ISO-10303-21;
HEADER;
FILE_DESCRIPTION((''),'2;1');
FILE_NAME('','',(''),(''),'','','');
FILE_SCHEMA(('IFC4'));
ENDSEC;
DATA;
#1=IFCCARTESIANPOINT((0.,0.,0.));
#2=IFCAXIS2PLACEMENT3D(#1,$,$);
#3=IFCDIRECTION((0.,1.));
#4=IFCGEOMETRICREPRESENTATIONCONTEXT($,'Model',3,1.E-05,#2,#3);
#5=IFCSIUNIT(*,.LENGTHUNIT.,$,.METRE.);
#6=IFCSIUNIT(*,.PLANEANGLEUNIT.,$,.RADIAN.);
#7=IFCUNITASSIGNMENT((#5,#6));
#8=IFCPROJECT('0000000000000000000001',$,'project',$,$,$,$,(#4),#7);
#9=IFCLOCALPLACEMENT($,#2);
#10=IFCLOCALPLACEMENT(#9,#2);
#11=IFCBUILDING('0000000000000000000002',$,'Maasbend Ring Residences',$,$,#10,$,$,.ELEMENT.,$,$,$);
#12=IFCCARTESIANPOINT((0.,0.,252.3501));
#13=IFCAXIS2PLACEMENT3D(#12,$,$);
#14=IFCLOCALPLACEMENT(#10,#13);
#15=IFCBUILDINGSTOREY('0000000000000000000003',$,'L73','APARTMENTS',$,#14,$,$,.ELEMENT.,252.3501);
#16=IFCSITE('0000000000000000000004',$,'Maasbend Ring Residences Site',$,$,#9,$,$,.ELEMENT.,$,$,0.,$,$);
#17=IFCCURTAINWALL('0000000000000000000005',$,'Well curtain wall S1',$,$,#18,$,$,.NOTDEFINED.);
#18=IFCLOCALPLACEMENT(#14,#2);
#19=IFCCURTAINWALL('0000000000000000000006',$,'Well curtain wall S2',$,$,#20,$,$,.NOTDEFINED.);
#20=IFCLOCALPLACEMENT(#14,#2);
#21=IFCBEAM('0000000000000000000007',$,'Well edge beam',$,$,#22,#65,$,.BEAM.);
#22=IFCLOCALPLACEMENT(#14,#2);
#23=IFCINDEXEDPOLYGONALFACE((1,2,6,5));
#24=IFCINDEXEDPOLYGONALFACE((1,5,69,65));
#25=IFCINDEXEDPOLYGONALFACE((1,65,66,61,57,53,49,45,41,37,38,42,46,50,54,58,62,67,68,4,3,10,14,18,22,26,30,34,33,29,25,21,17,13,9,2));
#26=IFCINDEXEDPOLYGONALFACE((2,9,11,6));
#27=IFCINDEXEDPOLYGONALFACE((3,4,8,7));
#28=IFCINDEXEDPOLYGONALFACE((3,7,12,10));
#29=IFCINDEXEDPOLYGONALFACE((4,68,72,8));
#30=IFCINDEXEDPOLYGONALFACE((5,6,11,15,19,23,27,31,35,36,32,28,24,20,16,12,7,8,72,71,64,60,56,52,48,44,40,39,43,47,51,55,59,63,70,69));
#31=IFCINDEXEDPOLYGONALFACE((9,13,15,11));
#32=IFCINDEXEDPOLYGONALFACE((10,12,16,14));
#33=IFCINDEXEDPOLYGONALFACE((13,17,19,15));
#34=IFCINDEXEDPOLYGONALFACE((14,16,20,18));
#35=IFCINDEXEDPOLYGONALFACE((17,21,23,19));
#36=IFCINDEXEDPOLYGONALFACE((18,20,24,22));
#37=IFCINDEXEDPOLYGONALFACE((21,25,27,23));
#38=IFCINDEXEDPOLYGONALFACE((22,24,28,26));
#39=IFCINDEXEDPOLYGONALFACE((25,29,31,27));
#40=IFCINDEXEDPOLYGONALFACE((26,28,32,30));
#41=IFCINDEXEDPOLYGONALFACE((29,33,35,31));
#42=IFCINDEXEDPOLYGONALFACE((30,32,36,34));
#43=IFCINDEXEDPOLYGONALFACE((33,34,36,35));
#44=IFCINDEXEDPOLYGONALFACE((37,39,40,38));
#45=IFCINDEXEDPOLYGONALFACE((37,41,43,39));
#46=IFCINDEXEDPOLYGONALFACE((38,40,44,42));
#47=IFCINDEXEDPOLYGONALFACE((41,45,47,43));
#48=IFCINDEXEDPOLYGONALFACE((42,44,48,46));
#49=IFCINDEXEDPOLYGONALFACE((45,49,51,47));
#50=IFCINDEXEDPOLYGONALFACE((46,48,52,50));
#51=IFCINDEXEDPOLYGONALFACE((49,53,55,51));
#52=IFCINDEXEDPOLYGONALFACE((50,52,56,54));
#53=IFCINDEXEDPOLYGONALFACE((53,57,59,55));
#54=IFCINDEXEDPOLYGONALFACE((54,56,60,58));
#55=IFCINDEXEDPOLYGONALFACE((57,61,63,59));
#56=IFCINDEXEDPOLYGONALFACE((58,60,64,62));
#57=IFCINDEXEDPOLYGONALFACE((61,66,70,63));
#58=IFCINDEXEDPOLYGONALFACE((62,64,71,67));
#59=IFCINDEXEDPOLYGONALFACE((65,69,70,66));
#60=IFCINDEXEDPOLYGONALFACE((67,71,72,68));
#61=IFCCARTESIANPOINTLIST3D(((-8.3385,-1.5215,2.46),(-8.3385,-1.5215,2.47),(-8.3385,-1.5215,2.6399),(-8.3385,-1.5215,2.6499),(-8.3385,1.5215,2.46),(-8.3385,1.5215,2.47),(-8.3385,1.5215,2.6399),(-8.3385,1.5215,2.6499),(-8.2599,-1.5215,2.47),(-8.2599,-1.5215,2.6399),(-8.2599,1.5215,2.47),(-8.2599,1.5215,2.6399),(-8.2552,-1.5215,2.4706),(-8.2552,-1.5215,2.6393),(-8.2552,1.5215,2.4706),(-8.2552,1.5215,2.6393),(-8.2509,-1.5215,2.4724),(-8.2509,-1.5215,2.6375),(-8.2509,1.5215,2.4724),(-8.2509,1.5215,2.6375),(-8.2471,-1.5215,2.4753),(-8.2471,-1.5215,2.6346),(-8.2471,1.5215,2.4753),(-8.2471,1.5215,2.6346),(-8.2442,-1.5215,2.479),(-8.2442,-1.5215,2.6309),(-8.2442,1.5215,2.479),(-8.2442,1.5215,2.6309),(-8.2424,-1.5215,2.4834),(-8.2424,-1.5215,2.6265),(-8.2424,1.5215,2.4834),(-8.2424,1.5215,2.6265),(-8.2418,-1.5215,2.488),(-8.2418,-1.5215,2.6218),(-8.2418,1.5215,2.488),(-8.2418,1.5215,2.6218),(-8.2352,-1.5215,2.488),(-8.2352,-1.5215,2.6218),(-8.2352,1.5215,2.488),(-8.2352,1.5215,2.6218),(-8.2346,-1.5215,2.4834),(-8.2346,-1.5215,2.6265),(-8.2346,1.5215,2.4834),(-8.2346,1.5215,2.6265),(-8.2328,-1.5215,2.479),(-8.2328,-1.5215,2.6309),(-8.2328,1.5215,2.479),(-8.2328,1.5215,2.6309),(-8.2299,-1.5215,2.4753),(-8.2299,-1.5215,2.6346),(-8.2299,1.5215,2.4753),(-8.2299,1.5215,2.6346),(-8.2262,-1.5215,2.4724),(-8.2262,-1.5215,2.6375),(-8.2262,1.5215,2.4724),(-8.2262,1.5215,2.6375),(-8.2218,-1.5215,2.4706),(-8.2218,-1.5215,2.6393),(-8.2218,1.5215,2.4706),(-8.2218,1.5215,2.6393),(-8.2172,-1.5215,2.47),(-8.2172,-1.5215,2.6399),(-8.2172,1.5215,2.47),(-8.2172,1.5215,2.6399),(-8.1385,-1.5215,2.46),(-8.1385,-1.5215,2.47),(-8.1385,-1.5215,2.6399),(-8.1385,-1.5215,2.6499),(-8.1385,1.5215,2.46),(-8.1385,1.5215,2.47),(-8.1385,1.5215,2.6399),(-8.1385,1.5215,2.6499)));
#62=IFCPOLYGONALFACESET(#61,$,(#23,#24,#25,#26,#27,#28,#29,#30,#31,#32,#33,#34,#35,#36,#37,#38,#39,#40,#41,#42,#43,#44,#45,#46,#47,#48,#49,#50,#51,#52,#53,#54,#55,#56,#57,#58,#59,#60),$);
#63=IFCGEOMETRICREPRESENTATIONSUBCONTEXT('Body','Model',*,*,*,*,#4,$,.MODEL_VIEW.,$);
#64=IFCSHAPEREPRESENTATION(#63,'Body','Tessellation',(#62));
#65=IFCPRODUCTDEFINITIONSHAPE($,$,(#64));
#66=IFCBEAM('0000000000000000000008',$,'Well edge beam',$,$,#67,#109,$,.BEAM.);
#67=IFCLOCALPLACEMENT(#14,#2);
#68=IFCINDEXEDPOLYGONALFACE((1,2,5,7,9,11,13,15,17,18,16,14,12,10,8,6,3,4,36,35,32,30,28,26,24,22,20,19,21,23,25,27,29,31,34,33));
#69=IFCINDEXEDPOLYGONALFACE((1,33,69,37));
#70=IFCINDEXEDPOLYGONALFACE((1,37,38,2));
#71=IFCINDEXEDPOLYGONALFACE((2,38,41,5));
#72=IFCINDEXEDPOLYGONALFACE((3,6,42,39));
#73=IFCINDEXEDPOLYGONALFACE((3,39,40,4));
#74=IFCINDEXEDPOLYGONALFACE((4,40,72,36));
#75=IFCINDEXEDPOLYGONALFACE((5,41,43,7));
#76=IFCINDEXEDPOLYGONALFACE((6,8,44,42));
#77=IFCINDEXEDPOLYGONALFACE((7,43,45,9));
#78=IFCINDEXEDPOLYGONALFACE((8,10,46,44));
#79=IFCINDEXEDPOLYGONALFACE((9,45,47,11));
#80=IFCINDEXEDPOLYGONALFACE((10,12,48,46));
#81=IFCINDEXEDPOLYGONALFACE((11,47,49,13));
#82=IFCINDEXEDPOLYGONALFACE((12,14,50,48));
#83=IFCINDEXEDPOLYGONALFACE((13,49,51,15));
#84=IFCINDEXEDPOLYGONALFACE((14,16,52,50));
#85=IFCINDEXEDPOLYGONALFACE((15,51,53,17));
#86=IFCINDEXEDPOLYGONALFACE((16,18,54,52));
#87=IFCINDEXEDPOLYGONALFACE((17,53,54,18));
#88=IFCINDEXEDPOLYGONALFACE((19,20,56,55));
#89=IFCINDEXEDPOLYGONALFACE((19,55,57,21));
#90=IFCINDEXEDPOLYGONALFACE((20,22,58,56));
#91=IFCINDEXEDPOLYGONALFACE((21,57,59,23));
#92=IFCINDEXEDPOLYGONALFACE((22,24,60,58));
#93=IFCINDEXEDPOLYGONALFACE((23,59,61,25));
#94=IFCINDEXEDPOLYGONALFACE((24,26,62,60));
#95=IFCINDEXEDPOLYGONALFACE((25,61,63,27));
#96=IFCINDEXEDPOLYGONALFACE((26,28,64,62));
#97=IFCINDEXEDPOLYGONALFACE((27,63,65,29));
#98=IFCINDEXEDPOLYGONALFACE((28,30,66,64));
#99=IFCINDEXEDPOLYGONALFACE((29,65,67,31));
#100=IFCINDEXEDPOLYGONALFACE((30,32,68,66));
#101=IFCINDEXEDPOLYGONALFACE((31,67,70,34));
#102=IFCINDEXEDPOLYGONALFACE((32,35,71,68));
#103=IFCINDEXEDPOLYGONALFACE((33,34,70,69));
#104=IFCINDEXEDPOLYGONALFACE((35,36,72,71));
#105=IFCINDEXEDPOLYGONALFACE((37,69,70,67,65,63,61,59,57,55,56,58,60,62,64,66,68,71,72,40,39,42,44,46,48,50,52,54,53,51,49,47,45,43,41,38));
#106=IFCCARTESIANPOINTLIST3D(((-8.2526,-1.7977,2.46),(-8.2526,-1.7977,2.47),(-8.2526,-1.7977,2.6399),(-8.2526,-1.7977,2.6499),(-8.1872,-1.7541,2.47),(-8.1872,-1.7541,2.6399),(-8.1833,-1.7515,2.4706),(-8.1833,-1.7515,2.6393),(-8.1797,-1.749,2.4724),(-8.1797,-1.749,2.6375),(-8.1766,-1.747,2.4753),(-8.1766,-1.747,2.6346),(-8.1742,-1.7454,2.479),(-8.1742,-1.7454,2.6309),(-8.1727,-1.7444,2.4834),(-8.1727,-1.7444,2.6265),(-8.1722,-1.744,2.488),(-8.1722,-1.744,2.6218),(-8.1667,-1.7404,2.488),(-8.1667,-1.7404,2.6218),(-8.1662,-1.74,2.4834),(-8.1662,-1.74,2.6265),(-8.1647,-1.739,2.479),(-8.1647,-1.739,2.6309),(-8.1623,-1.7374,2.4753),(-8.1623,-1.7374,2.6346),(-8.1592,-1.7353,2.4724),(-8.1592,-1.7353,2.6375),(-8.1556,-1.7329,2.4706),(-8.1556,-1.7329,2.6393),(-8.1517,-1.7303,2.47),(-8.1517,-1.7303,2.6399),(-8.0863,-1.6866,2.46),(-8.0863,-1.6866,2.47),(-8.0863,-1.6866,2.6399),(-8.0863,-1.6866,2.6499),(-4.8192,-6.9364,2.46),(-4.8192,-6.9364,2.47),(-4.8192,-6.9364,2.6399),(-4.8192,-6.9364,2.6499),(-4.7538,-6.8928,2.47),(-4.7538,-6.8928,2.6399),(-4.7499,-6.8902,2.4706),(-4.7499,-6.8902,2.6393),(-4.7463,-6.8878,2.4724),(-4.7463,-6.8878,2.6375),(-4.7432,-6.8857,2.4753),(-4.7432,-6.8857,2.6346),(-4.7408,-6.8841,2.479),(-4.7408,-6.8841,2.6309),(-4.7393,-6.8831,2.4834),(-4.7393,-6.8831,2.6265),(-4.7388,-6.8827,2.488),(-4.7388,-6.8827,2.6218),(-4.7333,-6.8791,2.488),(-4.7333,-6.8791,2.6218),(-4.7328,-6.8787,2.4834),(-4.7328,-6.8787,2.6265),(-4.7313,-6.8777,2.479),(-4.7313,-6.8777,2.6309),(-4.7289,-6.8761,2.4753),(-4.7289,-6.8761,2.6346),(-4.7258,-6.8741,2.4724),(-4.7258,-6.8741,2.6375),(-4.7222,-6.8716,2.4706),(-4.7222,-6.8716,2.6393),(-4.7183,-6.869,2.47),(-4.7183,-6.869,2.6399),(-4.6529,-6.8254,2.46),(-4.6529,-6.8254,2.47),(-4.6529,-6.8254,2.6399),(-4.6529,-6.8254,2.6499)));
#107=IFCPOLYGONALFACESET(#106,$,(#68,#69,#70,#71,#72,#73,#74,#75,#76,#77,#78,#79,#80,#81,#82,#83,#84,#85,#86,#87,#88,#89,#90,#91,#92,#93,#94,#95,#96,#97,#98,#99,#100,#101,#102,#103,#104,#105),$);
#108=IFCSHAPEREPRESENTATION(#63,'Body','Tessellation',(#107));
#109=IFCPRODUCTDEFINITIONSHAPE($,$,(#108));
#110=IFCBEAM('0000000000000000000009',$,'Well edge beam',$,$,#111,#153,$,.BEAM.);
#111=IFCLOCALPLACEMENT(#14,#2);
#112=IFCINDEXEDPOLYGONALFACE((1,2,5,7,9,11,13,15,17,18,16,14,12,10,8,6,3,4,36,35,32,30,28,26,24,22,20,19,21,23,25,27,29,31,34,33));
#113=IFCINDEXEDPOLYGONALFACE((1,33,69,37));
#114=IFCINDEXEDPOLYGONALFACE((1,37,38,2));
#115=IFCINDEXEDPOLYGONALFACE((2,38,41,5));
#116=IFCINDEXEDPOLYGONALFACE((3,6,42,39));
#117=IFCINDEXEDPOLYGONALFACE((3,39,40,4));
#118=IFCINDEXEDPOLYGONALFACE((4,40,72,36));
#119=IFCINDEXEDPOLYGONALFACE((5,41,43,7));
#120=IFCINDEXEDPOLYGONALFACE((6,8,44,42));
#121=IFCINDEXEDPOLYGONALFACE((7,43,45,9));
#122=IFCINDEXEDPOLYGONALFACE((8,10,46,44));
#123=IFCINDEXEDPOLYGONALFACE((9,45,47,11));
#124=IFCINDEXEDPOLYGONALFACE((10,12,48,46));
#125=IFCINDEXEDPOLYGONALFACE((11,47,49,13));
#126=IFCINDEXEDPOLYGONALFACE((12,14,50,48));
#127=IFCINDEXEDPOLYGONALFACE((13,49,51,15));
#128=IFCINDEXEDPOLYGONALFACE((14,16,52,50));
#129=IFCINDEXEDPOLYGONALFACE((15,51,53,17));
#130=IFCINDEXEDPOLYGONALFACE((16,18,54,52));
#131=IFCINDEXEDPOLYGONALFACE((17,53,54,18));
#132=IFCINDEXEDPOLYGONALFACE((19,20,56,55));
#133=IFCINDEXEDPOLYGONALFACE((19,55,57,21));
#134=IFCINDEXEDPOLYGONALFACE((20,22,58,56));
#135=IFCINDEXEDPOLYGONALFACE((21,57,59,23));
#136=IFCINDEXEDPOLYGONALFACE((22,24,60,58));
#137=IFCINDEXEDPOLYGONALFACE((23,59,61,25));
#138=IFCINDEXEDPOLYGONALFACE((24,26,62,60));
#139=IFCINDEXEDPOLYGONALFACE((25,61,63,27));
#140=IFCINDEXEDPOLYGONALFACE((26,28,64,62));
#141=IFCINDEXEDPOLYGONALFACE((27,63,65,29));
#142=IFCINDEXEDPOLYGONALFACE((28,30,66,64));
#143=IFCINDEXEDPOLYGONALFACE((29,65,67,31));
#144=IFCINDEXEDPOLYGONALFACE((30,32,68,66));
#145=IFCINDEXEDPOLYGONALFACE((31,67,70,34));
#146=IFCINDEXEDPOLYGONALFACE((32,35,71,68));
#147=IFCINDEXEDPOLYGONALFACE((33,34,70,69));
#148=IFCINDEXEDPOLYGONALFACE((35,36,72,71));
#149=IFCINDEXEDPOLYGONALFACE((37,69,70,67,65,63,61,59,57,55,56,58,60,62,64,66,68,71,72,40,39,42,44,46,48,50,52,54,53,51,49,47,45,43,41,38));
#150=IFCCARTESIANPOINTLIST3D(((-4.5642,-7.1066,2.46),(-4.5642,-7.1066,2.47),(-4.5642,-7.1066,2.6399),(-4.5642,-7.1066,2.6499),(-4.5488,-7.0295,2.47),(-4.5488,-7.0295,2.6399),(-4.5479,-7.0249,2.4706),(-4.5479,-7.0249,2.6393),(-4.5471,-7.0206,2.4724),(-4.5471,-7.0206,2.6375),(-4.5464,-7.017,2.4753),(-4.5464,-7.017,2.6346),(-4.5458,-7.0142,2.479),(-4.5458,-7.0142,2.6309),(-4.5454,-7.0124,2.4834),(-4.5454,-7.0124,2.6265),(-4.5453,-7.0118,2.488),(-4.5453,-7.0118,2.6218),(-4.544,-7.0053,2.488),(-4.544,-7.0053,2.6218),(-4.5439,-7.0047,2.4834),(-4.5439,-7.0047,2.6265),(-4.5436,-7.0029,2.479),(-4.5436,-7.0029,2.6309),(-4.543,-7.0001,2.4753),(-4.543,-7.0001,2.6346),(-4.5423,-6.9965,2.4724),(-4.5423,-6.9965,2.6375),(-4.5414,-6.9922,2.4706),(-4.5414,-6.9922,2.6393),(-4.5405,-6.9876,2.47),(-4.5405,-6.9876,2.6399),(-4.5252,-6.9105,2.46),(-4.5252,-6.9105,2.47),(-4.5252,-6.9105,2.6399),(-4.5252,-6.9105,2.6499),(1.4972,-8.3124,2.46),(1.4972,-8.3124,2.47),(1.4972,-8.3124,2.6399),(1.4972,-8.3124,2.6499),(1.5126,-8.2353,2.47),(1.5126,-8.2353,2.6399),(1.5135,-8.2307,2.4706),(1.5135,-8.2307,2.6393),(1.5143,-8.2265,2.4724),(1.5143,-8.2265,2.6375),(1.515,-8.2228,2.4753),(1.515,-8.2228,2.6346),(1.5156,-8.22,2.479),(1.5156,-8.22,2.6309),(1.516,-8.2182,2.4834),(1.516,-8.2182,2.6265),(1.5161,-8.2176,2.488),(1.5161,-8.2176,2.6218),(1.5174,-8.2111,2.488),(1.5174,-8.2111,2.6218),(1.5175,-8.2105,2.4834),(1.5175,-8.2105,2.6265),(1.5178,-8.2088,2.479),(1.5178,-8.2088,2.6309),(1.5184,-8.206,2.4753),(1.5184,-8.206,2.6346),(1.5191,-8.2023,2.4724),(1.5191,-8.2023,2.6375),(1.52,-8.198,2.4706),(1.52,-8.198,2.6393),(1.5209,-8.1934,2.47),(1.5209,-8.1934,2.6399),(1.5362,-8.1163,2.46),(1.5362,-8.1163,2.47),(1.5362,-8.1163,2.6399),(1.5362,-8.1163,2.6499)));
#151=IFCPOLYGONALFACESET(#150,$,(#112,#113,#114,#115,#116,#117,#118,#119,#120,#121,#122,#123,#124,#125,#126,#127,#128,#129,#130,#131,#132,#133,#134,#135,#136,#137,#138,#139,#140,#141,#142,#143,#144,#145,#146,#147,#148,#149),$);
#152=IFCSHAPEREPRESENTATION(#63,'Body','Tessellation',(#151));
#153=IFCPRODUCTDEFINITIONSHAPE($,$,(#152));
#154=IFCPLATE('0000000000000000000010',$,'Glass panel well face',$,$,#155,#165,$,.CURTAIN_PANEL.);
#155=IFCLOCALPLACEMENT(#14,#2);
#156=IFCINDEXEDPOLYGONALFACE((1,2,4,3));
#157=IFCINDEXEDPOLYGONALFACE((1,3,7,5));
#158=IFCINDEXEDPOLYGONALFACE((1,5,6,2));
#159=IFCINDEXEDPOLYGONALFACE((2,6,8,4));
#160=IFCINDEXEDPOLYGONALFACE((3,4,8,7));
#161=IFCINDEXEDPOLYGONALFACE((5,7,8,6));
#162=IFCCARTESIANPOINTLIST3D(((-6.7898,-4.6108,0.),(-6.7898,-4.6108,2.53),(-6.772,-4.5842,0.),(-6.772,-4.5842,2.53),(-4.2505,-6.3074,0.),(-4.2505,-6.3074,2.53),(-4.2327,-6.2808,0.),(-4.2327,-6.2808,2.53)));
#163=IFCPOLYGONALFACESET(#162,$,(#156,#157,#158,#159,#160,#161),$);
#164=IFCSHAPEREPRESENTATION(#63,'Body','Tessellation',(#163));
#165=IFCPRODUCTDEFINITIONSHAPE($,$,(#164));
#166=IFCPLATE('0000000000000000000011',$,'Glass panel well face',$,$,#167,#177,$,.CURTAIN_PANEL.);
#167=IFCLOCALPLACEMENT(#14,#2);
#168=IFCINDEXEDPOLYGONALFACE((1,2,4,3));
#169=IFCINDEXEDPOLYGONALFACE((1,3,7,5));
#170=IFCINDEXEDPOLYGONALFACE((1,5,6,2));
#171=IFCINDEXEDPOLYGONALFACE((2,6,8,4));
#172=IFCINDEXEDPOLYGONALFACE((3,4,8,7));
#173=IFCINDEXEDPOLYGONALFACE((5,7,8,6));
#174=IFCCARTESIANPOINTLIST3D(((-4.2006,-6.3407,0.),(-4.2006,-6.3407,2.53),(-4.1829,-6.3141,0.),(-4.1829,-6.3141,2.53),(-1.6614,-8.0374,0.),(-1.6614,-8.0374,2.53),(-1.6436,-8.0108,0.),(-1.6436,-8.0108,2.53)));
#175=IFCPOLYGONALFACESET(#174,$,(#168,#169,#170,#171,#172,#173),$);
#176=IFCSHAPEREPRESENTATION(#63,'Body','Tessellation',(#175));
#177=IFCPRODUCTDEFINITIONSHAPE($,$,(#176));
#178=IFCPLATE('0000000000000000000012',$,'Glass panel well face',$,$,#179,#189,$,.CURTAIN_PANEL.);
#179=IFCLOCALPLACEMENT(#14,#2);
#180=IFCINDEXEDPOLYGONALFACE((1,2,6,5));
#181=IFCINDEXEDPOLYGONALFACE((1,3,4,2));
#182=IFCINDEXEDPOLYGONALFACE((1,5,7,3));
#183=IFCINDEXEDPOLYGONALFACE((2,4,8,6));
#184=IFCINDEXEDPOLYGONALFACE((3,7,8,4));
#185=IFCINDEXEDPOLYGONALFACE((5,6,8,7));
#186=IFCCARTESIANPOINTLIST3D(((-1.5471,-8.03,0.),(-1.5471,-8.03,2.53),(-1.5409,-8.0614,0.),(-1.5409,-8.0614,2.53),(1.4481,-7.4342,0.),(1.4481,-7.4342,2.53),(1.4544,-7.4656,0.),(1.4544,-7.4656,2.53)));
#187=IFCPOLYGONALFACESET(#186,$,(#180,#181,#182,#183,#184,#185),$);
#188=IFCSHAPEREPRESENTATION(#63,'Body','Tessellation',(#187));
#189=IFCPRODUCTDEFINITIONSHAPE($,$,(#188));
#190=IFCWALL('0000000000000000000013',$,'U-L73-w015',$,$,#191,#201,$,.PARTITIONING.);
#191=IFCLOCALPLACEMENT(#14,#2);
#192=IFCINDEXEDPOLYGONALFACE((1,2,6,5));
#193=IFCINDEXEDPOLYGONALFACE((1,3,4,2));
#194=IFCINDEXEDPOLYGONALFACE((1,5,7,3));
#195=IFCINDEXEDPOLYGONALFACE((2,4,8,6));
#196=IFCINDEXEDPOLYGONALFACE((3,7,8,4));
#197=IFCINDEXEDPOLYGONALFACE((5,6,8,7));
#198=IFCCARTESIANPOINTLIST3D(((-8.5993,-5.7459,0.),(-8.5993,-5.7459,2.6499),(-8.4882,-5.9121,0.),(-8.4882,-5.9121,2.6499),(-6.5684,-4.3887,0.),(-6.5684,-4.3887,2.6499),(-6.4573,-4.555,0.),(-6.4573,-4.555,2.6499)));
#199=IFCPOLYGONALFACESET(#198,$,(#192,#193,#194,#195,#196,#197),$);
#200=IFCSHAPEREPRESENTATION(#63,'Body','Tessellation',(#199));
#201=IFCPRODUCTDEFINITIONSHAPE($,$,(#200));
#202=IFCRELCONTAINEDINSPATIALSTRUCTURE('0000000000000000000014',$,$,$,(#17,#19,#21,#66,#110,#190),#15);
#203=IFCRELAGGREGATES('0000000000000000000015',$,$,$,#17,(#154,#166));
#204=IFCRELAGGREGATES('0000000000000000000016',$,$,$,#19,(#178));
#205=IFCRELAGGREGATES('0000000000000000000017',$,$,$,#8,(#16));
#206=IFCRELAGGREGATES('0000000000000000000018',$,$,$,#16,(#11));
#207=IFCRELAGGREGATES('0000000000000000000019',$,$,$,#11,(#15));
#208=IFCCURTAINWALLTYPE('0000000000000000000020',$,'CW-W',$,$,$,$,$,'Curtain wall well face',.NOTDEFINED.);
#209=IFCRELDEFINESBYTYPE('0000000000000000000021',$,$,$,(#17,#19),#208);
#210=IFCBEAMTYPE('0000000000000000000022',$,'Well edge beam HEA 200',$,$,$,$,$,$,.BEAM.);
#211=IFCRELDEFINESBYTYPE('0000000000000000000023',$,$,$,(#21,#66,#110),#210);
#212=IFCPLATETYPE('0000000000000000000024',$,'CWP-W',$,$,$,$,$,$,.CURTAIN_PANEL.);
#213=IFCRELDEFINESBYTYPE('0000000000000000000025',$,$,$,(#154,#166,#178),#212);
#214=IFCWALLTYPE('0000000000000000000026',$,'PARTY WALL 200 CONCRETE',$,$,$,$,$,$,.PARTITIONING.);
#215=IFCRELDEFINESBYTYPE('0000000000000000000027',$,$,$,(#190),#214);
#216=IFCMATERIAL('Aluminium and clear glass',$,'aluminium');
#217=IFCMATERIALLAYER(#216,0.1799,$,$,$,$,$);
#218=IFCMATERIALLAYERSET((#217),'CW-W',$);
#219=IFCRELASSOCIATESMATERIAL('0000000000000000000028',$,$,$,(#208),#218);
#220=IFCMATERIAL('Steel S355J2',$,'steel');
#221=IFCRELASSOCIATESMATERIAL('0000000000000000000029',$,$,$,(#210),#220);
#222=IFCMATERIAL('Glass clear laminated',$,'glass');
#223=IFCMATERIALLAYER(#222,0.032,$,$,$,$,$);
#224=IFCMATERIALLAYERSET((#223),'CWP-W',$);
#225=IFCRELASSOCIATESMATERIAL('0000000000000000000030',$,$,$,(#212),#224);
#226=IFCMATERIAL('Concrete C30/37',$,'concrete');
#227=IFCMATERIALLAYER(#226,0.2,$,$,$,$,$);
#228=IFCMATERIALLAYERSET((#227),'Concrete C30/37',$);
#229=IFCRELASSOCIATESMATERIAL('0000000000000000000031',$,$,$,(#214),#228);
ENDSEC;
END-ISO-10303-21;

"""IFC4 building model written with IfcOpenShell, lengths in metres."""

from ifc_helpers import new_model, si_unit, direction, frame, frame_2d, origin, origin_2d, place, context, subcontext, project, spatial, rectangle, i_section, extrude, material, layer, layer_set, material_profile, profile_set, type_object, element, aggregate, save


model = new_model("IFC4")

# Units and contexts
model_context = context("Model", 3, precision=1e-05, world=origin(), true_north=direction((0.0, 1.0)))
body_context = subcontext(model_context, "Body", "Model", "MODEL_VIEW")
ifc_project = project(units=[si_unit("LENGTHUNIT", "METRE"), si_unit("PLANEANGLEUNIT", "RADIAN")], contexts=[model_context])

# Site, building, storey
site_placement = place(None, origin())
site = spatial("IfcSite", under=ifc_project, at=site_placement, Name="Maasbend Ring Residences Site", CompositionType="ELEMENT", RefElevation=0.0)
building_placement = place(site_placement, origin())
building = spatial("IfcBuilding", under=site, at=building_placement, Name="Maasbend Ring Residences", CompositionType="ELEMENT")
storey_placement = place(building_placement, frame((0.0, 0.0, 252.3501)))
storey = spatial("IfcBuildingStorey", under=building, at=storey_placement, Name="L73", Description="APARTMENTS", CompositionType="ELEMENT", Elevation=252.3501)

# Curtain wall
ifc_material_1 = material(Name="Aluminium and clear glass", Category="aluminium")
ifc_layer_1 = layer(ifc_material_1, 0.1799)
ifc_layer_set_1 = layer_set([ifc_layer_1], Name="CW-W")
curtain_wall_type = type_object("IfcCurtainWallType", Name="CW-W", ElementType="Curtain wall well face", PredefinedType="NOTDEFINED", material=ifc_layer_set_1)
curtain_wall_1_placement = place(storey_placement, origin())
curtain_wall_1 = element("IfcCurtainWall", 1, at=curtain_wall_1_placement, inside=storey, type_object=curtain_wall_type, Name="Well curtain wall S1", PredefinedType="NOTDEFINED")

# Curtain wall
curtain_wall_2_placement = place(storey_placement, origin())
curtain_wall_2 = element("IfcCurtainWall", 2, at=curtain_wall_2_placement, inside=storey, type_object=curtain_wall_type, Name="Well curtain wall S2", PredefinedType="NOTDEFINED")

# Beams
ifc_material_2 = material(Name="Steel S355J2", Category="steel")
ifc_material_profile_1 = material_profile(ifc_material_2, i_section(OverallWidth=0.2, OverallDepth=0.1899, WebThickness=0.0066, FlangeThickness=0.01, FilletRadius=0.0181, at=origin_2d()), Name="HEA 200")
ifc_profile_set_1 = profile_set([ifc_material_profile_1], Name="Steel S355J2")
beam_type = type_object("IfcBeamType", Name="Well edge beam HEA 200", PredefinedType="BEAM", material=ifc_profile_set_1)
beam_placement = place(storey_placement, frame((-8.2385, 1.5215, 2.5549), z_axis=(0.0, -1.0, 0.0), x_axis=(1.0, 0.0, 0.0)))
element("IfcBeam", 3, at=beam_placement, inside=storey, type_object=beam_type, Name="Well edge beam", PredefinedType="BEAM", context=body_context, shape_type="SweptSolid", body=[
    extrude(i_section(OverallWidth=0.2, OverallDepth=0.1899, WebThickness=0.0066, FlangeThickness=0.01, FilletRadius=0.0181, at=origin_2d()), origin(), (0.0, 0.0, 1.0), 3.043),
])
for number, where, z_axis, x_axis, name in (
    (4, (-8.1694, -1.7422, 2.5549), (0.555548, -0.831485, 0.0), (0.831485, 0.555548, 0.0), "Well edge beam"),
    (5, (-4.5447, -7.0085, 2.5549), (0.980781, -0.195113, 0.0), (0.195113, 0.980781, 0.0), "Well edge beam"),
):
    element("IfcBeam", number, at=place(storey_placement, frame(where, z_axis=z_axis, x_axis=x_axis)), inside=storey, type_object=beam_type, Name=name, PredefinedType="BEAM", context=body_context, shape_type="SweptSolid", body=[
        extrude(i_section(OverallWidth=0.2, OverallDepth=0.1899, WebThickness=0.0066, FlangeThickness=0.01, FilletRadius=0.0181, at=origin_2d()), origin(), (0.0, 0.0, 1.0), 6.1802),
    ])

# Plates
ifc_material_3 = material(Name="Glass clear laminated", Category="glass")
ifc_layer_2 = layer(ifc_material_3, 0.032)
ifc_layer_set_2 = layer_set([ifc_layer_2], Name="CWP-W")
plate_type = type_object("IfcPlateType", Name="CWP-W", PredefinedType="CURTAIN_PANEL", material=ifc_layer_set_2)
plate_1_placement = place(storey_placement, frame((-5.5112, -5.4458, 0.0), z_axis=(0.0, 0.0, 1.0), x_axis=(0.83147, -0.55557, 0.0)))
plate_1 = element("IfcPlate", 6, at=plate_1_placement, type_object=plate_type, Name="Glass panel well face", PredefinedType="CURTAIN_PANEL", context=body_context, shape_type="SweptSolid", body=[
    extrude(rectangle(XDim=3.054, YDim=0.032, at=origin_2d()), origin(), (0.0, 0.0, 1.0), 2.53),
])
plate_2_placement = place(storey_placement, frame((-2.9221, -7.1758, 0.0), z_axis=(0.0, 0.0, 1.0), x_axis=(0.83147, -0.55557, 0.0)))
plate_2 = element("IfcPlate", 7, at=plate_2_placement, type_object=plate_type, Name="Glass panel well face", PredefinedType="CURTAIN_PANEL", context=body_context, shape_type="SweptSolid", body=[
    extrude(rectangle(XDim=3.054, YDim=0.032, at=origin_2d()), origin(), (0.0, 0.0, 1.0), 2.53),
])
aggregate(curtain_wall_1, [plate_1, plate_2])
plate_3_placement = place(storey_placement, frame((-0.0464, -7.7478, 0.0), z_axis=(0.0, 0.0, 1.0), x_axis=(0.980785, 0.19509, 0.0)))
plate_3 = element("IfcPlate", 8, at=plate_3_placement, type_object=plate_type, Name="Glass panel well face", PredefinedType="CURTAIN_PANEL", context=body_context, shape_type="SweptSolid", body=[
    extrude(rectangle(XDim=3.054, YDim=0.032, at=origin_2d()), origin(), (0.0, 0.0, 1.0), 2.53),
])
aggregate(curtain_wall_2, [plate_3])

# Wall
ifc_material_4 = material(Name="Concrete C30/37", Category="concrete")
ifc_layer_3 = layer(ifc_material_4, 0.2)
ifc_layer_set_3 = layer_set([ifc_layer_3], Name="Concrete C30/37")
wall_type = type_object("IfcWallType", Name="PARTY WALL 200 CONCRETE", PredefinedType="PARTITIONING", material=ifc_layer_set_3)
wall_placement = place(storey_placement, frame((-6.5129, -4.4719, 0.0), z_axis=(0.0, 0.0, 1.0), x_axis=(-0.83145, -0.555599, 0.0)))
element("IfcWall", 9, at=wall_placement, inside=storey, type_object=wall_type, Name="U-L73-w015", PredefinedType="PARTITIONING", context=body_context, shape_type="SweptSolid", body=[
    extrude(rectangle(XDim=2.4426, YDim=0.2, at=frame_2d((1.2212, 0.0))), origin(), (0.0, 0.0, 1.0), 2.6499),
])

save(model, "model.ifc")
